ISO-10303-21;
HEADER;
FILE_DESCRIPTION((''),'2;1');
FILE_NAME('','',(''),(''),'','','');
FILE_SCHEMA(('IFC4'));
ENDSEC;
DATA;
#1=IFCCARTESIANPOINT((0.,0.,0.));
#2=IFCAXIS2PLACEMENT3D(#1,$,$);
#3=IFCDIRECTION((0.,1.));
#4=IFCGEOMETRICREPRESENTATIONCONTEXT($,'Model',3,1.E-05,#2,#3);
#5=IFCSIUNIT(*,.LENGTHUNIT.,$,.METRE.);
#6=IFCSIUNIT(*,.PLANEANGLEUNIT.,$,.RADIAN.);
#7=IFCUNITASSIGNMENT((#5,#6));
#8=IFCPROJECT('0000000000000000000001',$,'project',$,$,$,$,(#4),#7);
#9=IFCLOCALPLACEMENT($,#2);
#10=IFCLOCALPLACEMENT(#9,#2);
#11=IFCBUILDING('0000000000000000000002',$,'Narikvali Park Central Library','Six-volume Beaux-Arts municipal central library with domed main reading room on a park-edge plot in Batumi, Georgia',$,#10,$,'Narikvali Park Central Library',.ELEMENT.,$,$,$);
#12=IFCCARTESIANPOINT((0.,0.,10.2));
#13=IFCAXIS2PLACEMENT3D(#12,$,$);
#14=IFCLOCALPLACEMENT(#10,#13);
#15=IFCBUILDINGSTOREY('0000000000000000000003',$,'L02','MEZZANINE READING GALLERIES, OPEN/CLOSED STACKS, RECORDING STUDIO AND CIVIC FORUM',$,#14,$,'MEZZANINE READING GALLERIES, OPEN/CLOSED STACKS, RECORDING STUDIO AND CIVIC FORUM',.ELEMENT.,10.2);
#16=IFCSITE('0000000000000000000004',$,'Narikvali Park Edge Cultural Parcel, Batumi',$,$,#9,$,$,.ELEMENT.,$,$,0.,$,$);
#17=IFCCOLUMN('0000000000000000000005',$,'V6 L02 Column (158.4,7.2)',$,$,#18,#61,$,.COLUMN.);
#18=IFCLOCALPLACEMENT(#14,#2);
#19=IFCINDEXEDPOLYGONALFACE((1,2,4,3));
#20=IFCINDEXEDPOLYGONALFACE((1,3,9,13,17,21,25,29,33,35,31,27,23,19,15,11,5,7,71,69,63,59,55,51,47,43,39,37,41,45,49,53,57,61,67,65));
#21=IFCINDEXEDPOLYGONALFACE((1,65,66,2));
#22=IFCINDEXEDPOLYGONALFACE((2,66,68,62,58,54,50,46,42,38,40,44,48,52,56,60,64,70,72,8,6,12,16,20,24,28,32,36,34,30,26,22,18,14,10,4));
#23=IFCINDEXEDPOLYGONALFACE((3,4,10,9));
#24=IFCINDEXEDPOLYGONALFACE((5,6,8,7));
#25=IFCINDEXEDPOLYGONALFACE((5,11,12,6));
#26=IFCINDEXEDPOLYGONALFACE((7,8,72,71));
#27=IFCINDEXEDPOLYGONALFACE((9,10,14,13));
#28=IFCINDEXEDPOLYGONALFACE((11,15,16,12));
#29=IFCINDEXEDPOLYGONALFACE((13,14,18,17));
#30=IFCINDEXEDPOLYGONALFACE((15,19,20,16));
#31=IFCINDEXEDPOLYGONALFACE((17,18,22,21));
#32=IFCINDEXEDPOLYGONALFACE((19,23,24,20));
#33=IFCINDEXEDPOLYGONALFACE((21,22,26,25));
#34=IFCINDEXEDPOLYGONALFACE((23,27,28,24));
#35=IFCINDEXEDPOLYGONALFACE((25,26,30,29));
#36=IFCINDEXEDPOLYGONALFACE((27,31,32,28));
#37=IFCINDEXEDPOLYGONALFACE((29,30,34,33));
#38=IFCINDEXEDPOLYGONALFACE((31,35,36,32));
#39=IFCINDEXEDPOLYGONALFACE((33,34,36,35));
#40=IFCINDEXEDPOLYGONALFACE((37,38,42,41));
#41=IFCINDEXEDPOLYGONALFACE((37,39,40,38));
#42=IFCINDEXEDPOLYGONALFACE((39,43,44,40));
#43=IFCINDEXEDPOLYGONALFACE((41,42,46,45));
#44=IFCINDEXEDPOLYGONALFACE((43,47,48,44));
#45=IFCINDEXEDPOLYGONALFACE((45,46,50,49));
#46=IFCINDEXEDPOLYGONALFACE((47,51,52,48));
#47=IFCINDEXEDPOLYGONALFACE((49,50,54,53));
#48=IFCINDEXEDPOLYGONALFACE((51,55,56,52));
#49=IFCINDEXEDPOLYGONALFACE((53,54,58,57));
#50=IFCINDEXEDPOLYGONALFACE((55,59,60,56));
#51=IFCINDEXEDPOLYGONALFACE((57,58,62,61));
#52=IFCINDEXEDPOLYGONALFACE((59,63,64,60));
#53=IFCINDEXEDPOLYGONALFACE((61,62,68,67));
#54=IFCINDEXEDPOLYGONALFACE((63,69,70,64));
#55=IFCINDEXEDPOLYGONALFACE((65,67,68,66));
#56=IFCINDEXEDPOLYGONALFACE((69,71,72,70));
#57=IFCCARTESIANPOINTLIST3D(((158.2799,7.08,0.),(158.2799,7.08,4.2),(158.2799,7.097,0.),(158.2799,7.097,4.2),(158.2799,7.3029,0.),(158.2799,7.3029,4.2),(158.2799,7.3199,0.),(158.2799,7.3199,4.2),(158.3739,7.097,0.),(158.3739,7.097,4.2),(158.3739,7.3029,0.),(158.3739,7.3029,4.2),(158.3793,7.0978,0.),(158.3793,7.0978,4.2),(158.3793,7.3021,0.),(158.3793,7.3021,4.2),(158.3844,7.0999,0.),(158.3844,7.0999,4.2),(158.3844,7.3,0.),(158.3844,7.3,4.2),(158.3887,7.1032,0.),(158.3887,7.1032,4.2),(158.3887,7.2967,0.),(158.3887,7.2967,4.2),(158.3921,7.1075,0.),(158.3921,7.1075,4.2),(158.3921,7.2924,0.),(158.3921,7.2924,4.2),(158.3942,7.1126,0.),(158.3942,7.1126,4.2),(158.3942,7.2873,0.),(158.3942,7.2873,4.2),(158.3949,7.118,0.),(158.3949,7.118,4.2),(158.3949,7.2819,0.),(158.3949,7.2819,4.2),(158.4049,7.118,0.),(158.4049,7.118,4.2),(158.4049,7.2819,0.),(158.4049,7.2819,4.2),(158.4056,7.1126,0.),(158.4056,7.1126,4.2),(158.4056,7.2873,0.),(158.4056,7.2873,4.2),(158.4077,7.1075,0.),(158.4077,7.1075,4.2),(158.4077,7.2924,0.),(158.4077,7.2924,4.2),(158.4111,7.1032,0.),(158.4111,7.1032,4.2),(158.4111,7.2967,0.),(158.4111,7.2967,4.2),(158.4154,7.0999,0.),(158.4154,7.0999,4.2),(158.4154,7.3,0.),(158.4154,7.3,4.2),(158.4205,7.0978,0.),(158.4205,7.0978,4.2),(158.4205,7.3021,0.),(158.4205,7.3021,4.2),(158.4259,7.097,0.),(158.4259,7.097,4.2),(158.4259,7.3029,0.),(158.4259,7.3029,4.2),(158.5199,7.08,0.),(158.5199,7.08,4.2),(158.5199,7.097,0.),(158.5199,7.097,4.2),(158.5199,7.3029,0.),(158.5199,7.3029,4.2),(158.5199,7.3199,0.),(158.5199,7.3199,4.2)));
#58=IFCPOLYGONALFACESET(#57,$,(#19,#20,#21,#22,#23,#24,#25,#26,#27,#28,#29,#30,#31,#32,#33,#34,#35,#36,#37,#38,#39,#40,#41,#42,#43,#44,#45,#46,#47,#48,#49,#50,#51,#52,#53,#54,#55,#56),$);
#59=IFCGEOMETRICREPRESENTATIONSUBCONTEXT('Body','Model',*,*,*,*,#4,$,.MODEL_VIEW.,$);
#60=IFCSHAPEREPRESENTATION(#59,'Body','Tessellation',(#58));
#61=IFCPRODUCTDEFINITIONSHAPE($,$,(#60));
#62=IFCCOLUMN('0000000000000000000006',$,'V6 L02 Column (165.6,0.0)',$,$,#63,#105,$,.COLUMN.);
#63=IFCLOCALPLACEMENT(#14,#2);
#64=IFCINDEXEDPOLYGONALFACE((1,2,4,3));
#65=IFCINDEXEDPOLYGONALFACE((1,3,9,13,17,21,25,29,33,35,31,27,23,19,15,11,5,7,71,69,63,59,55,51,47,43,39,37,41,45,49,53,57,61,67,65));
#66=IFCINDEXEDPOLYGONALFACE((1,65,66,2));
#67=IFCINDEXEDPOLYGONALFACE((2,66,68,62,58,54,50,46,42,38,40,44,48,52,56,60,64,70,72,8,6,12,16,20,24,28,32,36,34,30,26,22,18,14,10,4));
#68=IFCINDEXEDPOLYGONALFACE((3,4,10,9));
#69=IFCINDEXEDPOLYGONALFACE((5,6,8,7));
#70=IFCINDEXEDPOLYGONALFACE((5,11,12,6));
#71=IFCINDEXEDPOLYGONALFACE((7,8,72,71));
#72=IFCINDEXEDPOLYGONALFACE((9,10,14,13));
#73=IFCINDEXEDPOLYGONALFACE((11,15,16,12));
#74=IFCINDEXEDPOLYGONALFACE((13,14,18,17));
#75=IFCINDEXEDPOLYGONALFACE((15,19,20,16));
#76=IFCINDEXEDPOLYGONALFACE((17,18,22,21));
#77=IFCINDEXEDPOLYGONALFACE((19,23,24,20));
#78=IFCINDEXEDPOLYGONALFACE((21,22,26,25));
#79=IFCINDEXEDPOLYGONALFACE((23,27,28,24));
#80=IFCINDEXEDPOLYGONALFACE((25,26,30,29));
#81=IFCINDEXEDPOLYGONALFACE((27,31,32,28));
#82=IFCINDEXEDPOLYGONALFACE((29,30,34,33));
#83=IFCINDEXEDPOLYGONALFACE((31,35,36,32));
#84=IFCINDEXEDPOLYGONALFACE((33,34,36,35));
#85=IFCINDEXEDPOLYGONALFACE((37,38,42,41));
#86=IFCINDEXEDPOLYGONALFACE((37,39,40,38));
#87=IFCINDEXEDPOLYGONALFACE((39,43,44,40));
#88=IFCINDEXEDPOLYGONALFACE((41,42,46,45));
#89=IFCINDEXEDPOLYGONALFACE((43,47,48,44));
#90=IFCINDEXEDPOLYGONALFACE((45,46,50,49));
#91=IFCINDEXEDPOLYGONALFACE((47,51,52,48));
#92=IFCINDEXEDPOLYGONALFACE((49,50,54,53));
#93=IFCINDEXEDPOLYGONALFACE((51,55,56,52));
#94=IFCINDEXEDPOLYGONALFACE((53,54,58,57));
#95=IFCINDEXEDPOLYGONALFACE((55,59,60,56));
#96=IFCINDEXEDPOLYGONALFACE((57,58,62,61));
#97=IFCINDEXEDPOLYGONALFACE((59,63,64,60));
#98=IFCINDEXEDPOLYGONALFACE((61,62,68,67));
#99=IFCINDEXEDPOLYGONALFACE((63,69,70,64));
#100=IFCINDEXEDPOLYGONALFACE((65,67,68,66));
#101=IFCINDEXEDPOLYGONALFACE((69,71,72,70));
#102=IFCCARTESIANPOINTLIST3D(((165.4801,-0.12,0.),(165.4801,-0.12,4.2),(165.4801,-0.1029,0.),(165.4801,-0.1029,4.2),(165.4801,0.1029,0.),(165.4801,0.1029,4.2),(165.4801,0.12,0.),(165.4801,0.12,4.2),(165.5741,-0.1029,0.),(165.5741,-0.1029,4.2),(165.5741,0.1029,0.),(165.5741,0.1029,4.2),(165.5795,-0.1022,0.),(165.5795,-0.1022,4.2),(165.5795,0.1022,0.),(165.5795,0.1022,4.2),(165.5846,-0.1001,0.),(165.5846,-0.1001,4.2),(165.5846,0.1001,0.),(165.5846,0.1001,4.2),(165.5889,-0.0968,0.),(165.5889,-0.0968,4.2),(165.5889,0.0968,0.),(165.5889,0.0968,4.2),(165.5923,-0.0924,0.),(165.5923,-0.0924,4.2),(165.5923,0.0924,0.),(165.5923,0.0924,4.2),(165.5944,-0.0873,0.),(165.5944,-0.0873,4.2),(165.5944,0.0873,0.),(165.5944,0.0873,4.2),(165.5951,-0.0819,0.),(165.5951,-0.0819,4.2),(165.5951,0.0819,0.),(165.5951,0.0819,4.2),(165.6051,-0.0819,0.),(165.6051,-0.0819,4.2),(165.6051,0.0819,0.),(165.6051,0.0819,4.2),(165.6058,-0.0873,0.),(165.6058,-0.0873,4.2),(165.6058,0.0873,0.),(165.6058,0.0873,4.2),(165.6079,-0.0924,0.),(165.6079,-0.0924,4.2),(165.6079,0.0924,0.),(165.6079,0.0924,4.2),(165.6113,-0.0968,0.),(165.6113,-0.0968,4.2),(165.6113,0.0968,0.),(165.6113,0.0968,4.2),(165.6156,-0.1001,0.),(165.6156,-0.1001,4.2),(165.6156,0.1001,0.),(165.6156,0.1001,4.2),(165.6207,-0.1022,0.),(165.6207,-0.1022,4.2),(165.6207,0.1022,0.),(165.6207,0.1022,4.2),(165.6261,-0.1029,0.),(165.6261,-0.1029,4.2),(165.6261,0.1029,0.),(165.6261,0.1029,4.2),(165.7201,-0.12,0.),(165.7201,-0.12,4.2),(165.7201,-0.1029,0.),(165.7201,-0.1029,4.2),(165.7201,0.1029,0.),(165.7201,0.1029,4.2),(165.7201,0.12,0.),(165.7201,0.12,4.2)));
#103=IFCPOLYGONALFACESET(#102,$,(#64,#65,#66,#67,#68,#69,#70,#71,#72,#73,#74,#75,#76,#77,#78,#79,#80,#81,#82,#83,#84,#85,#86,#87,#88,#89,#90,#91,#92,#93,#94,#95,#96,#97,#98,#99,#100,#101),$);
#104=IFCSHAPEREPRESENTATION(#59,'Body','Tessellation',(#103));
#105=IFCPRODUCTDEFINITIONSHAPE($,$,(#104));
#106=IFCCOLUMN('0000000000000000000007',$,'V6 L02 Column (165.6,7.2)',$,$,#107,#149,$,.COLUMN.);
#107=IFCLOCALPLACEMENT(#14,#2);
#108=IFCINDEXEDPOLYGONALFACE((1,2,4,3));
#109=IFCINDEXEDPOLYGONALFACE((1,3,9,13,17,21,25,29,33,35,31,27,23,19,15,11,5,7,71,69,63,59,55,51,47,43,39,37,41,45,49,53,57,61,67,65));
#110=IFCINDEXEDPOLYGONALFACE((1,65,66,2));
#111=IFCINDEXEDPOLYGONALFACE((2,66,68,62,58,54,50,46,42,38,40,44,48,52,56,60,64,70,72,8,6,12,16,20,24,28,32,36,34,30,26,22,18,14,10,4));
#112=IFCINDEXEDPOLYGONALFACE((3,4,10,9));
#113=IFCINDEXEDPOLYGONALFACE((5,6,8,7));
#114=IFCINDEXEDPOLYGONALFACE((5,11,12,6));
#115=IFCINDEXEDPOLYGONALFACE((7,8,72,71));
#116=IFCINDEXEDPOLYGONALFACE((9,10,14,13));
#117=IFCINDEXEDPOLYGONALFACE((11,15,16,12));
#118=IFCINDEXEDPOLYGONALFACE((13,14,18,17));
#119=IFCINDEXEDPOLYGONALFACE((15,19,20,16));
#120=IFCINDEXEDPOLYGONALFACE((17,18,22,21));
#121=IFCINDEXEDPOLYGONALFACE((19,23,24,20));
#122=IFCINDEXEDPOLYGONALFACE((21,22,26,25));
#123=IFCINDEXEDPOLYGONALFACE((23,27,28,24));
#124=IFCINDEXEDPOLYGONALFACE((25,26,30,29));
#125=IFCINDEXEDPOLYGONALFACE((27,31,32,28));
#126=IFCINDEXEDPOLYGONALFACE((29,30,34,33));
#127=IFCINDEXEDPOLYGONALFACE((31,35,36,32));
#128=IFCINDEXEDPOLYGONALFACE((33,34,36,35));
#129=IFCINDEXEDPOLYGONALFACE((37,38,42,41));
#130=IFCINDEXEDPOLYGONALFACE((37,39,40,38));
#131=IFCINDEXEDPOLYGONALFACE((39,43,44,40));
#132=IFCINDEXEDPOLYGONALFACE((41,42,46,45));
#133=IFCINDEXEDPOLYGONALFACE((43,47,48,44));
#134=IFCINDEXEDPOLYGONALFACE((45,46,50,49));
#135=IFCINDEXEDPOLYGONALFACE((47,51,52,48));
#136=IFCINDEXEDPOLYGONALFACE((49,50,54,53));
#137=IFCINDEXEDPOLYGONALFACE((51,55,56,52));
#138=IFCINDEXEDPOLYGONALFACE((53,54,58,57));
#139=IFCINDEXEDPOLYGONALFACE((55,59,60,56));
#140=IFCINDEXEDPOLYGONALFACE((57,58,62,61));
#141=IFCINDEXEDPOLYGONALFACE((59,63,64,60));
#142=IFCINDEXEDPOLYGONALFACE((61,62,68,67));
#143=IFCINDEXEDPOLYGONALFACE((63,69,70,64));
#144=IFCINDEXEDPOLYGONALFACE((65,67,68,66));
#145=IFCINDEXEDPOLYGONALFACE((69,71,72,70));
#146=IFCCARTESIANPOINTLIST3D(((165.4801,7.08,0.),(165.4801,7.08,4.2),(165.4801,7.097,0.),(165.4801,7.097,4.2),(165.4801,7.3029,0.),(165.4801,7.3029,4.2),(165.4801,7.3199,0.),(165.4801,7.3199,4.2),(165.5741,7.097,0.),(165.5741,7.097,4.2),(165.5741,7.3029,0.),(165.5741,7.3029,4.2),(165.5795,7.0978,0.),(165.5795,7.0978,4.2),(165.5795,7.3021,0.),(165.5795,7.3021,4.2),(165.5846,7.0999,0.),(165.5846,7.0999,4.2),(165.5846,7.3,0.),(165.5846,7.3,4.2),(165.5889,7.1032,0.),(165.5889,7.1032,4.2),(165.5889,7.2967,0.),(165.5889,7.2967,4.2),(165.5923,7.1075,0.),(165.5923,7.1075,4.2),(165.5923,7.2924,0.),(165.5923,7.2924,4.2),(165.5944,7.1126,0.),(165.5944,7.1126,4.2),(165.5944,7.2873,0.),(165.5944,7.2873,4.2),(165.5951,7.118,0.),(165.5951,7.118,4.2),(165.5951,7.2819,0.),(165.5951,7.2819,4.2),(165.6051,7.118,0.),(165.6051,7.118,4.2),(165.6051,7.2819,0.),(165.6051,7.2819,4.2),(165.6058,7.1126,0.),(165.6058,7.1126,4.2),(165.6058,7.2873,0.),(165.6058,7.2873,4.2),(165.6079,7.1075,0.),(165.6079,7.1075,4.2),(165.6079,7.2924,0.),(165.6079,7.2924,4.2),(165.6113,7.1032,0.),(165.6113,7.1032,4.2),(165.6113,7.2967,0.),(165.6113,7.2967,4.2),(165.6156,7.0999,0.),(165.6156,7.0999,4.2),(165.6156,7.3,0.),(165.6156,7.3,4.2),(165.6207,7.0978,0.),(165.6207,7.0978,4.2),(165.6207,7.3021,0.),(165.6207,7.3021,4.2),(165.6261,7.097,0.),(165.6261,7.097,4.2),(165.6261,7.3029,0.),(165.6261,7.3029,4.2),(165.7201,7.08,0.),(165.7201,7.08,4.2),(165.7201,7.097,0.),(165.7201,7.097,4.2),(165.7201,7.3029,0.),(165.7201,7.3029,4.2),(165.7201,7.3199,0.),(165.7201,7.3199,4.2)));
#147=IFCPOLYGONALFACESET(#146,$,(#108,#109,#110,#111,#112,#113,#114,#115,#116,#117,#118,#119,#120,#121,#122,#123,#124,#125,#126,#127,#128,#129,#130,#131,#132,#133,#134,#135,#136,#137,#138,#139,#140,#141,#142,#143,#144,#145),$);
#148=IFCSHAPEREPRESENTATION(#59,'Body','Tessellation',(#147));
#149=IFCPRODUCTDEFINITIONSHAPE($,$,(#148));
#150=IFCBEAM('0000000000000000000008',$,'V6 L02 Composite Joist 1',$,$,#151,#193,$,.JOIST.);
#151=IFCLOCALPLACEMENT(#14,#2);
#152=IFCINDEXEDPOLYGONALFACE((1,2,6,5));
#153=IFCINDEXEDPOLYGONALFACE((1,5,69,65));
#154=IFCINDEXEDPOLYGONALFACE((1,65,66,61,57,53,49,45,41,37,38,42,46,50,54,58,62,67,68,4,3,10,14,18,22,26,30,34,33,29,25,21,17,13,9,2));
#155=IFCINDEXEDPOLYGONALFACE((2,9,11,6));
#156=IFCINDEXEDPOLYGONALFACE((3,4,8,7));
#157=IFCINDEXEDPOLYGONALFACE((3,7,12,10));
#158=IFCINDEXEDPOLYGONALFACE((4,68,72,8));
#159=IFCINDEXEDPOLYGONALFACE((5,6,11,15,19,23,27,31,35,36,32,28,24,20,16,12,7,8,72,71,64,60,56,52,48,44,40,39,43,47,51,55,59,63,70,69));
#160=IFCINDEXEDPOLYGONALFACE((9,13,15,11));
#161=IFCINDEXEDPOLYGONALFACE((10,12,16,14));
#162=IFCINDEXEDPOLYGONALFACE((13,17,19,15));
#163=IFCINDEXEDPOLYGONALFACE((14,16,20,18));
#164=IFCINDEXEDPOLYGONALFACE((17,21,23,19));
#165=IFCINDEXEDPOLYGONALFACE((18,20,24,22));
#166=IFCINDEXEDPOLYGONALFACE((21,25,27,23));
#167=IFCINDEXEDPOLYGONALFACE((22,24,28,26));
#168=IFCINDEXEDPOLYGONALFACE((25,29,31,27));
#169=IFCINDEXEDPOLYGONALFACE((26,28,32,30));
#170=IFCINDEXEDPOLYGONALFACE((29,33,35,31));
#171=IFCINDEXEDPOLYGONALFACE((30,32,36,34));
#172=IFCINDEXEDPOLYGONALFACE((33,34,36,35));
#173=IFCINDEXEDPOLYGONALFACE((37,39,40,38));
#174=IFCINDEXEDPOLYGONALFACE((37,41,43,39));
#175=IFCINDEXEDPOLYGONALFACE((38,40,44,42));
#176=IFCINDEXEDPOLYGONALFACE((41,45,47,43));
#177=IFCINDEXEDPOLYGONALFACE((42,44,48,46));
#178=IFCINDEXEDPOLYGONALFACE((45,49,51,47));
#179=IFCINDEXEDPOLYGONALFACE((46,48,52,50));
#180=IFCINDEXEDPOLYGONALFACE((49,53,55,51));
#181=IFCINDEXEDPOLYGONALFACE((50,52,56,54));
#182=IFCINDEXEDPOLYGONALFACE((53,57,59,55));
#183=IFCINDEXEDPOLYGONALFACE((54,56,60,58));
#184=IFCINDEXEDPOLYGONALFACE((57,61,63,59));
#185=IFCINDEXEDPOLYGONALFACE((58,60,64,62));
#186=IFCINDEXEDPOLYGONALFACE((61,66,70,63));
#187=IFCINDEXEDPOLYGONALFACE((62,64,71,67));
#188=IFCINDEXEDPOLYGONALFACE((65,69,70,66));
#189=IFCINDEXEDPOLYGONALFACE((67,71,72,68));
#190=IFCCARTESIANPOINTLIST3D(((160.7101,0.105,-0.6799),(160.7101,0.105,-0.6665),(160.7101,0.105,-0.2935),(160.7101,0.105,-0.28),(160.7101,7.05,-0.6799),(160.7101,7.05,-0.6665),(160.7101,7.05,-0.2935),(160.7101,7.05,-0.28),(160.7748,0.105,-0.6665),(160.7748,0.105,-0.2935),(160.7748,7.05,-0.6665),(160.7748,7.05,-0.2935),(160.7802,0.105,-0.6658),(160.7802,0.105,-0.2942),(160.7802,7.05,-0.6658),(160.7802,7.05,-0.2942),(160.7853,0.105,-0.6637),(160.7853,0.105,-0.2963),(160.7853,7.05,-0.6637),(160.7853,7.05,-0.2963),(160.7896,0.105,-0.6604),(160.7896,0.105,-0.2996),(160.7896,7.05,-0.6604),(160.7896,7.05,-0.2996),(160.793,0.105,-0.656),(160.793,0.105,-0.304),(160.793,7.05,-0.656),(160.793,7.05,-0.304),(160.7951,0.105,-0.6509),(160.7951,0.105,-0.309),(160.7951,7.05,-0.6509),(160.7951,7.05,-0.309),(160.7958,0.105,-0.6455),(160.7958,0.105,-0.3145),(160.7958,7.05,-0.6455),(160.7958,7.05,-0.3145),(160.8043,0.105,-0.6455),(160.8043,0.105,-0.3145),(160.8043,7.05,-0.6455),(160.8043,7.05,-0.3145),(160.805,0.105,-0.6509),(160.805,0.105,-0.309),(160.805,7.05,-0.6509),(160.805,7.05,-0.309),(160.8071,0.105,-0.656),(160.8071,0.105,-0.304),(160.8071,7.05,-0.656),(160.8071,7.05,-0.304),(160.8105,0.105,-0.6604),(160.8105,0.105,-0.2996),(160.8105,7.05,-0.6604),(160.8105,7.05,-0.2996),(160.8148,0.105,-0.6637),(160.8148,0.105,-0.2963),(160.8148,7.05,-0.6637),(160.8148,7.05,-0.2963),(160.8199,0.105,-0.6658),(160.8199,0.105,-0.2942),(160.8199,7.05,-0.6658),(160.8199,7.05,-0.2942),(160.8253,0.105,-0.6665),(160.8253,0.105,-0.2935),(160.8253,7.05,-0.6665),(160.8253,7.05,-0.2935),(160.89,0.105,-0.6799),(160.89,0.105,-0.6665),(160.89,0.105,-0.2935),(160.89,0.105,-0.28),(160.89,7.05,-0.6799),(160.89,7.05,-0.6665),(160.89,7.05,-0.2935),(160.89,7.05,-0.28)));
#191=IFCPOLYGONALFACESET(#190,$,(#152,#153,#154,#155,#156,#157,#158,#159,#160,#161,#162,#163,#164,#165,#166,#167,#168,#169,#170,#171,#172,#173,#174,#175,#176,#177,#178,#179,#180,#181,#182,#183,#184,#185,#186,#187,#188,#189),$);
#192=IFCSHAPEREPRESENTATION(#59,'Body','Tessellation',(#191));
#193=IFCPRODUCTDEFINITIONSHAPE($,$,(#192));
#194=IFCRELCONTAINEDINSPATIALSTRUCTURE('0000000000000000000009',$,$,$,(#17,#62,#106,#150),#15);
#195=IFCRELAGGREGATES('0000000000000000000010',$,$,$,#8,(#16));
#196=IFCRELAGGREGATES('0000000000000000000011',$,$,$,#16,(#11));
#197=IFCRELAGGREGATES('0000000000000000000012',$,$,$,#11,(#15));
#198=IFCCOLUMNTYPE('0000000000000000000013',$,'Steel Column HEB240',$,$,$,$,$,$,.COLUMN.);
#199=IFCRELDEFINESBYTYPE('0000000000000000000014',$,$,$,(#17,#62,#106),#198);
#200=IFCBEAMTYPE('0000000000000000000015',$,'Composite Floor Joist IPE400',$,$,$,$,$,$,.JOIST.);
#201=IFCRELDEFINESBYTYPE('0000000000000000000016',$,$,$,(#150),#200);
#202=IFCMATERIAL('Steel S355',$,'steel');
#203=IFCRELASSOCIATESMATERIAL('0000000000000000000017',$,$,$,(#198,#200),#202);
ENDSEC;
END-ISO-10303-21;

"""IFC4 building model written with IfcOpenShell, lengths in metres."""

from ifc_helpers import new_model, si_unit, direction, frame, origin, origin_2d, place, context, subcontext, project, spatial, i_section, extrude, material, material_profile, profile_set, type_object, element, save


model = new_model("IFC4")

# Units and contexts
model_context = context("Model", 3, precision=1e-05, world=origin(), true_north=direction((0.0, 1.0)))
body_context = subcontext(model_context, "Body", "Model", "MODEL_VIEW")
ifc_project = project(units=[si_unit("LENGTHUNIT", "METRE"), si_unit("PLANEANGLEUNIT", "RADIAN")], contexts=[model_context])

# Site, building, storey
site_placement = place(None, origin())
site = spatial("IfcSite", under=ifc_project, at=site_placement, Name="Narikvali Park Edge Cultural Parcel, Batumi", CompositionType="ELEMENT", RefElevation=0.0)
building_placement = place(site_placement, origin())
building = spatial("IfcBuilding", under=site, at=building_placement, Name="Narikvali Park Central Library", Description="Six-volume Beaux-Arts municipal central library with domed main reading room on a park-edge plot in Batumi, Georgia", LongName="Narikvali Park Central Library", CompositionType="ELEMENT")
storey_placement = place(building_placement, frame((0.0, 0.0, 10.2)))
storey = spatial("IfcBuildingStorey", under=building, at=storey_placement, Name="L02", Description="MEZZANINE READING GALLERIES, OPEN/CLOSED STACKS, RECORDING STUDIO AND CIVIC FORUM", LongName="MEZZANINE READING GALLERIES, OPEN/CLOSED STACKS, RECORDING STUDIO AND CIVIC FORUM", CompositionType="ELEMENT", Elevation=10.2)

# Columns
ifc_material_1 = material(Name="Steel S355", Category="steel")
ifc_material_profile_1 = material_profile(ifc_material_1, i_section(OverallWidth=0.24, OverallDepth=0.24, WebThickness=0.01, FlangeThickness=0.0171, FilletRadius=0.021, at=origin_2d()), Name="HEB 240")
ifc_profile_set_1 = profile_set([ifc_material_profile_1], Name="Steel S355")
column_type = type_object("IfcColumnType", Name="Steel Column HEB240", PredefinedType="COLUMN", material=ifc_profile_set_1)
for number, where, z_axis, x_axis, name in (
    (1, (158.3999, 7.2, 0.0), (0.0, 0.0, 1.0), (1.0, 0.0, 0.0), "V6 L02 Column (158.4,7.2)"),
    (2, (165.6001, 0.0, 0.0), (0.0, 0.0, 1.0), (1.0, 0.0, 0.0), "V6 L02 Column (165.6,0.0)"),
    (3, (165.6001, 7.2, 0.0), (0.0, 0.0, 1.0), (1.0, 0.0, 0.0), "V6 L02 Column (165.6,7.2)"),
):
    element("IfcColumn", number, at=place(storey_placement, frame(where, z_axis=z_axis, x_axis=x_axis)), inside=storey, type_object=column_type, Name=name, PredefinedType="COLUMN", context=body_context, shape_type="SweptSolid", body=[
        extrude(i_section(OverallWidth=0.24, OverallDepth=0.24, WebThickness=0.01, FlangeThickness=0.0171, FilletRadius=0.021, at=origin_2d()), origin(), (0.0, 0.0, 1.0), 4.2),
    ])

# Beam
ifc_material_profile_2 = material_profile(ifc_material_1, i_section(OverallWidth=0.1799, OverallDepth=0.3999, WebThickness=0.0085, FlangeThickness=0.0134, FilletRadius=0.021, at=origin_2d()), Name="IPE 400")
ifc_profile_set_2 = profile_set([ifc_material_profile_2], Name="Steel S355")
beam_type_1 = type_object("IfcBeamType", Name="Composite Floor Joist IPE400", PredefinedType="JOIST", material=ifc_profile_set_2)
for number, where, z_axis, x_axis, name in (
    (4, (160.8, 0.105, -0.48), (0.0, 1.0, 0.0), (-1.0, 0.0, 0.0), "V6 L02 Composite Joist 1"),
):
    element("IfcBeam", number, at=place(storey_placement, frame(where, z_axis=z_axis, x_axis=x_axis)), inside=storey, type_object=beam_type_1, Name=name, PredefinedType="JOIST", context=body_context, shape_type="SweptSolid", body=[
        extrude(i_section(OverallWidth=0.1799, OverallDepth=0.3999, WebThickness=0.0085, FlangeThickness=0.0134, FilletRadius=0.021, at=origin_2d()), origin(), (0.0, 0.0, 1.0), 6.9451),
    ])

save(model, "model.ifc")
